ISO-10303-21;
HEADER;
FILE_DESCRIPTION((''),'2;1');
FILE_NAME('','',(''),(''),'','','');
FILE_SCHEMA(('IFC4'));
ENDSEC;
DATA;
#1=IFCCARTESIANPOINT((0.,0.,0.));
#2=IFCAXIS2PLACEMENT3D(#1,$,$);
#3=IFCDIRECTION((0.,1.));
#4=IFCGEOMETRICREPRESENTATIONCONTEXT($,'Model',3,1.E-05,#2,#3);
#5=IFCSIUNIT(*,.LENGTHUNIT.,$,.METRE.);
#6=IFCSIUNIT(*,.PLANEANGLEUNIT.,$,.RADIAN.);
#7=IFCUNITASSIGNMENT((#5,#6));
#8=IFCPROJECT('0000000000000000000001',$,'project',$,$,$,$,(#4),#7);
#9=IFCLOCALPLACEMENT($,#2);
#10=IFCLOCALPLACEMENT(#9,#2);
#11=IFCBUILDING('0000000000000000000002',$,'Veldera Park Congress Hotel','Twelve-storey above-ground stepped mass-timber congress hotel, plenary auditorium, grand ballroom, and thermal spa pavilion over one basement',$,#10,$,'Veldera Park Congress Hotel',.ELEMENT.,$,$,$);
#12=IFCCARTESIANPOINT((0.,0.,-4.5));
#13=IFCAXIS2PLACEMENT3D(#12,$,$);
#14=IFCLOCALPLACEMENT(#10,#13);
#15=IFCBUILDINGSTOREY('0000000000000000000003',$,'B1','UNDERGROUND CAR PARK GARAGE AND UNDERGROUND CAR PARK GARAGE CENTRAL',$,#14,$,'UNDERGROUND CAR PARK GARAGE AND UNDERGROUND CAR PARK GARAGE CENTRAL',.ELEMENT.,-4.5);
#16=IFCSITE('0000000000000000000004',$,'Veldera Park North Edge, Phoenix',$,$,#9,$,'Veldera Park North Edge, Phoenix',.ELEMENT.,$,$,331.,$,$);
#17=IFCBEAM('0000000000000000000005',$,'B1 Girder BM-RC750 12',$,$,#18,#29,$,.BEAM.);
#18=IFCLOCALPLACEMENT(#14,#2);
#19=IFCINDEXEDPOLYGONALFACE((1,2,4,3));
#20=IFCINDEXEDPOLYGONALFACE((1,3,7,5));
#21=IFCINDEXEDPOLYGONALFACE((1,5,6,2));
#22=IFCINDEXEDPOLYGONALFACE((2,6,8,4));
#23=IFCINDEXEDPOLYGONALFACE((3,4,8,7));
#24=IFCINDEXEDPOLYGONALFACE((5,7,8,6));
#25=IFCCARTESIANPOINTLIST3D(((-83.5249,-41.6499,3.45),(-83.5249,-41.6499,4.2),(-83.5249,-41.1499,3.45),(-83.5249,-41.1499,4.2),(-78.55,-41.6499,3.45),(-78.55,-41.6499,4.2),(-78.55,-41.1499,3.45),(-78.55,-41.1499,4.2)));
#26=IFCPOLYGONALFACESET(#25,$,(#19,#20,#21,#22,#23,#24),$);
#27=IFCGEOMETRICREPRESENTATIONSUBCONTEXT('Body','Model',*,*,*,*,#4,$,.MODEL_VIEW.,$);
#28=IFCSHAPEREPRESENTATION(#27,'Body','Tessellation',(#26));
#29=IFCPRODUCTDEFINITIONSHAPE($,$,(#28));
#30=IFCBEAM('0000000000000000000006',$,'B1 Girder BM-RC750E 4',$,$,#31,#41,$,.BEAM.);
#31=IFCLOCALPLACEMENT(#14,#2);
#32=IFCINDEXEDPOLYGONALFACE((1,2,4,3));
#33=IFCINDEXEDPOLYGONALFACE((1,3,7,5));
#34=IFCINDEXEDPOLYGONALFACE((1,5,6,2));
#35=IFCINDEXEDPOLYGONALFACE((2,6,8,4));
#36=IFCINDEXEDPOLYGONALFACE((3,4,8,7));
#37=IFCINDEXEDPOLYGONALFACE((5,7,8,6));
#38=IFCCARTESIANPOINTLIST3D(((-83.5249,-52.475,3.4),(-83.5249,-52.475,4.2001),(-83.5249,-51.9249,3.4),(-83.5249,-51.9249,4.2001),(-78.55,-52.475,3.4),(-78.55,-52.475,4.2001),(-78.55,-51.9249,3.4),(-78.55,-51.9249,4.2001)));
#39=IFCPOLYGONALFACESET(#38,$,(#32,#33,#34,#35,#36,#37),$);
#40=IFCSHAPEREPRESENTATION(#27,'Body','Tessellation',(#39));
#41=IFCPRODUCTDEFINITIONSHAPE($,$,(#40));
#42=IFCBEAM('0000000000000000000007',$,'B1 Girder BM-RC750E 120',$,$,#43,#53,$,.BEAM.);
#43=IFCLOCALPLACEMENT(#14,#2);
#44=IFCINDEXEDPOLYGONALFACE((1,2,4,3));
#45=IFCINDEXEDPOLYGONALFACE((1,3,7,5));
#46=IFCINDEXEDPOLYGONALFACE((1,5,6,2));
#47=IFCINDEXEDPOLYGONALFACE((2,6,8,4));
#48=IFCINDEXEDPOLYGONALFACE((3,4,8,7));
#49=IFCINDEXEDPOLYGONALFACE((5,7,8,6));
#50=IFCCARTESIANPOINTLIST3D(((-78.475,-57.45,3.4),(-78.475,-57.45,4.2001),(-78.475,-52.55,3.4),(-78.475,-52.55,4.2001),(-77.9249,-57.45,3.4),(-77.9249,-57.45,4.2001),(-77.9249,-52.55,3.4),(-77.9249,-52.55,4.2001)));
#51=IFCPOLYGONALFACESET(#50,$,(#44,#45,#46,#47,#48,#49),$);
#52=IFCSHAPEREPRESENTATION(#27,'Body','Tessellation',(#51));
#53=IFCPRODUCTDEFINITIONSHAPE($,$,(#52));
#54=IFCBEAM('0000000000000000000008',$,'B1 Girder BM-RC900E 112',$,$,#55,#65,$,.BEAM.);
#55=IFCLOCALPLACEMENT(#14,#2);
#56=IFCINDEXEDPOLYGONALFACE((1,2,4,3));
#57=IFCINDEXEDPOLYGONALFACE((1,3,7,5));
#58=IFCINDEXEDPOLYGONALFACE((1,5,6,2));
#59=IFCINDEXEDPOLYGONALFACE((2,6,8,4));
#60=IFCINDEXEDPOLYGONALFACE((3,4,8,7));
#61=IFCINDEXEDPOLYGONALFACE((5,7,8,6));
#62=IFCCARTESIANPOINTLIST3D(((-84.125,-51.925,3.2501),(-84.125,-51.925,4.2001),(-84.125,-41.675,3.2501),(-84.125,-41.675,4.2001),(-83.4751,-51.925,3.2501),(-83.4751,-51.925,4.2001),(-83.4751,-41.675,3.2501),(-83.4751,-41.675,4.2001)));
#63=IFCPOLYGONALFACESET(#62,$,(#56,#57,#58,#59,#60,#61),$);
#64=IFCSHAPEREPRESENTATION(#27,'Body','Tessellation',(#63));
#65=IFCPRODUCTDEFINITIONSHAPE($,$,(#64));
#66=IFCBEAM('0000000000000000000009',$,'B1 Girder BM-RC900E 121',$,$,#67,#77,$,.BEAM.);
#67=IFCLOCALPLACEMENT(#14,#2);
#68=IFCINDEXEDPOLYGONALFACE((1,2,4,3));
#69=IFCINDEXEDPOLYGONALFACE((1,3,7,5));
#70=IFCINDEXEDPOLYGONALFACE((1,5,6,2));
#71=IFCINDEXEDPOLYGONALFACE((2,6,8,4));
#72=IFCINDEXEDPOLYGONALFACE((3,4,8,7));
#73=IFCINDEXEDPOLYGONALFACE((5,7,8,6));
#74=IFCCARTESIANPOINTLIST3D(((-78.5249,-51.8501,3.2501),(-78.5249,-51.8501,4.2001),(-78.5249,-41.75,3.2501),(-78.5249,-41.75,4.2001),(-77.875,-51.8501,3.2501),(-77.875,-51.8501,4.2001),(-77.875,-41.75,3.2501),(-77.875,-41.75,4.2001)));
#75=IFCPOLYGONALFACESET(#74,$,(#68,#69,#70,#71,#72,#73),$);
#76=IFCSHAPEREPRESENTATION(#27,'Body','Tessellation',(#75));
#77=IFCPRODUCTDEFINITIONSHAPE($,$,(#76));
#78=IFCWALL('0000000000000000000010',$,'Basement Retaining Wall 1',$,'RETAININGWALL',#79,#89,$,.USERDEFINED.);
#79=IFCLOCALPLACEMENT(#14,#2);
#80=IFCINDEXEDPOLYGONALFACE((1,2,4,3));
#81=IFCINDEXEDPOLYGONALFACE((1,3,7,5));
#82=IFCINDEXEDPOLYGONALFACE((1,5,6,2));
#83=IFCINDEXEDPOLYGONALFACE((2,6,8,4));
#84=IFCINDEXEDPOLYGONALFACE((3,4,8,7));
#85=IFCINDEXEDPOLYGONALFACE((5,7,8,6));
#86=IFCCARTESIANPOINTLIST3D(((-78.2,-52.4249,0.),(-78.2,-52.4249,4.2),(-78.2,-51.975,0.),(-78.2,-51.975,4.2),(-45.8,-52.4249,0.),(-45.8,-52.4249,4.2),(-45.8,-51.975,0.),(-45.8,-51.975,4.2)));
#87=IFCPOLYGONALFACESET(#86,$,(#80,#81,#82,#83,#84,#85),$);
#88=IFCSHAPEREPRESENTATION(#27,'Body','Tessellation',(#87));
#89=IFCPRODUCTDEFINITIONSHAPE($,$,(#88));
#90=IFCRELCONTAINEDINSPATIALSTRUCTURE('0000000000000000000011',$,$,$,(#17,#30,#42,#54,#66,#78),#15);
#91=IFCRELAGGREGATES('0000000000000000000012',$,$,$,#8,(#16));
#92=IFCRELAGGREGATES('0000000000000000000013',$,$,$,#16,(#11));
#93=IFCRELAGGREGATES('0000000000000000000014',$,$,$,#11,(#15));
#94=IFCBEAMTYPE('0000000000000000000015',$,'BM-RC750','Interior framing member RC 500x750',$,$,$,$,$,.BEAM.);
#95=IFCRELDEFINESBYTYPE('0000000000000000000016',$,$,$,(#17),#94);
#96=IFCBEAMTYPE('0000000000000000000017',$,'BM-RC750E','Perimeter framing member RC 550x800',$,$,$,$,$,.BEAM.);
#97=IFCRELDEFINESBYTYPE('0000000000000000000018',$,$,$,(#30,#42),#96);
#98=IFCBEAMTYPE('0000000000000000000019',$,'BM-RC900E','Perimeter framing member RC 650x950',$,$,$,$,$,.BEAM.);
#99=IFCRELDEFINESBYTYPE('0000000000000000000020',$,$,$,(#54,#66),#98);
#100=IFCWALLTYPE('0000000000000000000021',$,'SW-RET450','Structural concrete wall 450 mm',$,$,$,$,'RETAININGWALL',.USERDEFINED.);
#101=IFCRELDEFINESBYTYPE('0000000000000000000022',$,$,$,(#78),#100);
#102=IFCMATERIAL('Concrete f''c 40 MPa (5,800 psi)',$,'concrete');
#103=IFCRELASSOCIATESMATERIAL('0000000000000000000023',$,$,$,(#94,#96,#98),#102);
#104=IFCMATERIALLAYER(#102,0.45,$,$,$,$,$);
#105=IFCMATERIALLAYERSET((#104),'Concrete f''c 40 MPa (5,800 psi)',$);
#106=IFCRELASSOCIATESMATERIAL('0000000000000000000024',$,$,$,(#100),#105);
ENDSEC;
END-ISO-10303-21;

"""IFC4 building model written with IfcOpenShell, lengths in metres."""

from ifc_helpers import new_model, si_unit, direction, frame, frame_2d, origin, origin_2d, place, context, subcontext, project, spatial, rectangle, extrude, material, layer, layer_set, material_profile, profile_set, type_object, element, save


model = new_model("IFC4")

# Units and contexts
model_context = context("Model", 3, precision=1e-05, world=origin(), true_north=direction((0.0, 1.0)))
body_context = subcontext(model_context, "Body", "Model", "MODEL_VIEW")
ifc_project = project(units=[si_unit("LENGTHUNIT", "METRE"), si_unit("PLANEANGLEUNIT", "RADIAN")], contexts=[model_context])

# Site, building, storey
site_placement = place(None, origin())
site = spatial("IfcSite", under=ifc_project, at=site_placement, Name="Veldera Park North Edge, Phoenix", LongName="Veldera Park North Edge, Phoenix", CompositionType="ELEMENT", RefElevation=331.0)
building_placement = place(site_placement, origin())
building = spatial("IfcBuilding", under=site, at=building_placement, Name="Veldera Park Congress Hotel", Description="Twelve-storey above-ground stepped mass-timber congress hotel, plenary auditorium, grand ballroom, and thermal spa pavilion over one basement", LongName="Veldera Park Congress Hotel", CompositionType="ELEMENT")
storey_placement = place(building_placement, frame((0.0, 0.0, -4.5)))
storey = spatial("IfcBuildingStorey", under=building, at=storey_placement, Name="B1", Description="UNDERGROUND CAR PARK GARAGE AND UNDERGROUND CAR PARK GARAGE CENTRAL", LongName="UNDERGROUND CAR PARK GARAGE AND UNDERGROUND CAR PARK GARAGE CENTRAL", CompositionType="ELEMENT", Elevation=-4.5)

# Shared definitions
ifc_material = material(Name="Concrete f'c 40 MPa (5,800 psi)", Category="concrete")

# Beams
ifc_material_profile_1 = material_profile(ifc_material, rectangle(XDim=0.5, YDim=0.75, at=origin_2d()), Name="RC 500x750")
ifc_profile_set_1 = profile_set([ifc_material_profile_1], Name="Concrete f'c 40 MPa (5,800 psi)")
beam_type_1 = type_object("IfcBeamType", Name="BM-RC750", Description="Interior framing member RC 500x750", PredefinedType="BEAM", material=ifc_profile_set_1)
beam_1_placement = place(storey_placement, frame((-83.5249, -41.3999, 3.825), z_axis=(1.0, 0.0, 0.0), x_axis=(0.0, 1.0, 0.0)))
element("IfcBeam", 1, at=beam_1_placement, inside=storey, type_object=beam_type_1, Name="B1 Girder BM-RC750 12", PredefinedType="BEAM", context=body_context, shape_type="SweptSolid", body=[
    extrude(rectangle(XDim=0.5, YDim=0.75, at=origin_2d()), origin(), (0.0, 0.0, 1.0), 4.9749),
])
ifc_material_profile_2 = material_profile(ifc_material, rectangle(XDim=0.55, YDim=0.8, at=origin_2d()), Name="RC 550x800")
ifc_profile_set_2 = profile_set([ifc_material_profile_2], Name="Concrete f'c 40 MPa (5,800 psi)")
beam_type_2 = type_object("IfcBeamType", Name="BM-RC750E", Description="Perimeter framing member RC 550x800", PredefinedType="BEAM", material=ifc_profile_set_2)
beam_2_placement = place(storey_placement, frame((-83.5249, -52.2, 3.8), z_axis=(1.0, 0.0, 0.0), x_axis=(0.0, 1.0, 0.0)))
element("IfcBeam", 2, at=beam_2_placement, inside=storey, type_object=beam_type_2, Name="B1 Girder BM-RC750E 4", PredefinedType="BEAM", context=body_context, shape_type="SweptSolid", body=[
    extrude(rectangle(XDim=0.55, YDim=0.8, at=origin_2d()), origin(), (0.0, 0.0, 1.0), 4.9749),
])
beam_3_placement = place(storey_placement, frame((-78.2, -57.45, 3.8), z_axis=(0.0, 1.0, 0.0), x_axis=(-1.0, 0.0, 0.0)))
element("IfcBeam", 3, at=beam_3_placement, inside=storey, type_object=beam_type_2, Name="B1 Girder BM-RC750E 120", PredefinedType="BEAM", context=body_context, shape_type="SweptSolid", body=[
    extrude(rectangle(XDim=0.55, YDim=0.8, at=origin_2d()), origin(), (0.0, 0.0, 1.0), 4.8999),
])
ifc_material_profile_3 = material_profile(ifc_material, rectangle(XDim=0.6499, YDim=0.95, at=origin_2d()), Name="RC 650x950")
ifc_profile_set_3 = profile_set([ifc_material_profile_3], Name="Concrete f'c 40 MPa (5,800 psi)")
beam_type_3 = type_object("IfcBeamType", Name="BM-RC900E", Description="Perimeter framing member RC 650x950", PredefinedType="BEAM", material=ifc_profile_set_3)
beam_4_placement = place(storey_placement, frame((-83.8, -51.925, 3.7251), z_axis=(0.0, 1.0, 0.0), x_axis=(-1.0, 0.0, 0.0)))
element("IfcBeam", 4, at=beam_4_placement, inside=storey, type_object=beam_type_3, Name="B1 Girder BM-RC900E 112", PredefinedType="BEAM", context=body_context, shape_type="SweptSolid", body=[
    extrude(rectangle(XDim=0.6499, YDim=0.95, at=origin_2d()), origin(), (0.0, 0.0, 1.0), 10.25),
])
beam_5_placement = place(storey_placement, frame((-78.2, -51.8501, 3.7251), z_axis=(0.0, 1.0, 0.0), x_axis=(-1.0, 0.0, 0.0)))
element("IfcBeam", 5, at=beam_5_placement, inside=storey, type_object=beam_type_3, Name="B1 Girder BM-RC900E 121", PredefinedType="BEAM", context=body_context, shape_type="SweptSolid", body=[
    extrude(rectangle(XDim=0.6499, YDim=0.95, at=origin_2d()), origin(), (0.0, 0.0, 1.0), 10.1001),
])

# Wall
ifc_layer = layer(ifc_material, 0.45)
ifc_layer_set = layer_set([ifc_layer], Name="Concrete f'c 40 MPa (5,800 psi)")
wall_type = type_object("IfcWallType", Name="SW-RET450", Description="Structural concrete wall 450 mm", ElementType="RETAININGWALL", PredefinedType="USERDEFINED", material=ifc_layer_set)
wall_placement = place(storey_placement, frame((-78.2, -52.2, 0.0), z_axis=(0.0, 0.0, 1.0), x_axis=(1.0, 0.0, 0.0)))
element("IfcWall", 6, at=wall_placement, inside=storey, type_object=wall_type, Name="Basement Retaining Wall 1", ObjectType="RETAININGWALL", PredefinedType="USERDEFINED", context=body_context, shape_type="SweptSolid", body=[
    extrude(rectangle(XDim=32.3999, YDim=0.45, at=frame_2d((16.2, 0.0))), origin(), (0.0, 0.0, 1.0), 4.2),
])

save(model, "model.ifc")
